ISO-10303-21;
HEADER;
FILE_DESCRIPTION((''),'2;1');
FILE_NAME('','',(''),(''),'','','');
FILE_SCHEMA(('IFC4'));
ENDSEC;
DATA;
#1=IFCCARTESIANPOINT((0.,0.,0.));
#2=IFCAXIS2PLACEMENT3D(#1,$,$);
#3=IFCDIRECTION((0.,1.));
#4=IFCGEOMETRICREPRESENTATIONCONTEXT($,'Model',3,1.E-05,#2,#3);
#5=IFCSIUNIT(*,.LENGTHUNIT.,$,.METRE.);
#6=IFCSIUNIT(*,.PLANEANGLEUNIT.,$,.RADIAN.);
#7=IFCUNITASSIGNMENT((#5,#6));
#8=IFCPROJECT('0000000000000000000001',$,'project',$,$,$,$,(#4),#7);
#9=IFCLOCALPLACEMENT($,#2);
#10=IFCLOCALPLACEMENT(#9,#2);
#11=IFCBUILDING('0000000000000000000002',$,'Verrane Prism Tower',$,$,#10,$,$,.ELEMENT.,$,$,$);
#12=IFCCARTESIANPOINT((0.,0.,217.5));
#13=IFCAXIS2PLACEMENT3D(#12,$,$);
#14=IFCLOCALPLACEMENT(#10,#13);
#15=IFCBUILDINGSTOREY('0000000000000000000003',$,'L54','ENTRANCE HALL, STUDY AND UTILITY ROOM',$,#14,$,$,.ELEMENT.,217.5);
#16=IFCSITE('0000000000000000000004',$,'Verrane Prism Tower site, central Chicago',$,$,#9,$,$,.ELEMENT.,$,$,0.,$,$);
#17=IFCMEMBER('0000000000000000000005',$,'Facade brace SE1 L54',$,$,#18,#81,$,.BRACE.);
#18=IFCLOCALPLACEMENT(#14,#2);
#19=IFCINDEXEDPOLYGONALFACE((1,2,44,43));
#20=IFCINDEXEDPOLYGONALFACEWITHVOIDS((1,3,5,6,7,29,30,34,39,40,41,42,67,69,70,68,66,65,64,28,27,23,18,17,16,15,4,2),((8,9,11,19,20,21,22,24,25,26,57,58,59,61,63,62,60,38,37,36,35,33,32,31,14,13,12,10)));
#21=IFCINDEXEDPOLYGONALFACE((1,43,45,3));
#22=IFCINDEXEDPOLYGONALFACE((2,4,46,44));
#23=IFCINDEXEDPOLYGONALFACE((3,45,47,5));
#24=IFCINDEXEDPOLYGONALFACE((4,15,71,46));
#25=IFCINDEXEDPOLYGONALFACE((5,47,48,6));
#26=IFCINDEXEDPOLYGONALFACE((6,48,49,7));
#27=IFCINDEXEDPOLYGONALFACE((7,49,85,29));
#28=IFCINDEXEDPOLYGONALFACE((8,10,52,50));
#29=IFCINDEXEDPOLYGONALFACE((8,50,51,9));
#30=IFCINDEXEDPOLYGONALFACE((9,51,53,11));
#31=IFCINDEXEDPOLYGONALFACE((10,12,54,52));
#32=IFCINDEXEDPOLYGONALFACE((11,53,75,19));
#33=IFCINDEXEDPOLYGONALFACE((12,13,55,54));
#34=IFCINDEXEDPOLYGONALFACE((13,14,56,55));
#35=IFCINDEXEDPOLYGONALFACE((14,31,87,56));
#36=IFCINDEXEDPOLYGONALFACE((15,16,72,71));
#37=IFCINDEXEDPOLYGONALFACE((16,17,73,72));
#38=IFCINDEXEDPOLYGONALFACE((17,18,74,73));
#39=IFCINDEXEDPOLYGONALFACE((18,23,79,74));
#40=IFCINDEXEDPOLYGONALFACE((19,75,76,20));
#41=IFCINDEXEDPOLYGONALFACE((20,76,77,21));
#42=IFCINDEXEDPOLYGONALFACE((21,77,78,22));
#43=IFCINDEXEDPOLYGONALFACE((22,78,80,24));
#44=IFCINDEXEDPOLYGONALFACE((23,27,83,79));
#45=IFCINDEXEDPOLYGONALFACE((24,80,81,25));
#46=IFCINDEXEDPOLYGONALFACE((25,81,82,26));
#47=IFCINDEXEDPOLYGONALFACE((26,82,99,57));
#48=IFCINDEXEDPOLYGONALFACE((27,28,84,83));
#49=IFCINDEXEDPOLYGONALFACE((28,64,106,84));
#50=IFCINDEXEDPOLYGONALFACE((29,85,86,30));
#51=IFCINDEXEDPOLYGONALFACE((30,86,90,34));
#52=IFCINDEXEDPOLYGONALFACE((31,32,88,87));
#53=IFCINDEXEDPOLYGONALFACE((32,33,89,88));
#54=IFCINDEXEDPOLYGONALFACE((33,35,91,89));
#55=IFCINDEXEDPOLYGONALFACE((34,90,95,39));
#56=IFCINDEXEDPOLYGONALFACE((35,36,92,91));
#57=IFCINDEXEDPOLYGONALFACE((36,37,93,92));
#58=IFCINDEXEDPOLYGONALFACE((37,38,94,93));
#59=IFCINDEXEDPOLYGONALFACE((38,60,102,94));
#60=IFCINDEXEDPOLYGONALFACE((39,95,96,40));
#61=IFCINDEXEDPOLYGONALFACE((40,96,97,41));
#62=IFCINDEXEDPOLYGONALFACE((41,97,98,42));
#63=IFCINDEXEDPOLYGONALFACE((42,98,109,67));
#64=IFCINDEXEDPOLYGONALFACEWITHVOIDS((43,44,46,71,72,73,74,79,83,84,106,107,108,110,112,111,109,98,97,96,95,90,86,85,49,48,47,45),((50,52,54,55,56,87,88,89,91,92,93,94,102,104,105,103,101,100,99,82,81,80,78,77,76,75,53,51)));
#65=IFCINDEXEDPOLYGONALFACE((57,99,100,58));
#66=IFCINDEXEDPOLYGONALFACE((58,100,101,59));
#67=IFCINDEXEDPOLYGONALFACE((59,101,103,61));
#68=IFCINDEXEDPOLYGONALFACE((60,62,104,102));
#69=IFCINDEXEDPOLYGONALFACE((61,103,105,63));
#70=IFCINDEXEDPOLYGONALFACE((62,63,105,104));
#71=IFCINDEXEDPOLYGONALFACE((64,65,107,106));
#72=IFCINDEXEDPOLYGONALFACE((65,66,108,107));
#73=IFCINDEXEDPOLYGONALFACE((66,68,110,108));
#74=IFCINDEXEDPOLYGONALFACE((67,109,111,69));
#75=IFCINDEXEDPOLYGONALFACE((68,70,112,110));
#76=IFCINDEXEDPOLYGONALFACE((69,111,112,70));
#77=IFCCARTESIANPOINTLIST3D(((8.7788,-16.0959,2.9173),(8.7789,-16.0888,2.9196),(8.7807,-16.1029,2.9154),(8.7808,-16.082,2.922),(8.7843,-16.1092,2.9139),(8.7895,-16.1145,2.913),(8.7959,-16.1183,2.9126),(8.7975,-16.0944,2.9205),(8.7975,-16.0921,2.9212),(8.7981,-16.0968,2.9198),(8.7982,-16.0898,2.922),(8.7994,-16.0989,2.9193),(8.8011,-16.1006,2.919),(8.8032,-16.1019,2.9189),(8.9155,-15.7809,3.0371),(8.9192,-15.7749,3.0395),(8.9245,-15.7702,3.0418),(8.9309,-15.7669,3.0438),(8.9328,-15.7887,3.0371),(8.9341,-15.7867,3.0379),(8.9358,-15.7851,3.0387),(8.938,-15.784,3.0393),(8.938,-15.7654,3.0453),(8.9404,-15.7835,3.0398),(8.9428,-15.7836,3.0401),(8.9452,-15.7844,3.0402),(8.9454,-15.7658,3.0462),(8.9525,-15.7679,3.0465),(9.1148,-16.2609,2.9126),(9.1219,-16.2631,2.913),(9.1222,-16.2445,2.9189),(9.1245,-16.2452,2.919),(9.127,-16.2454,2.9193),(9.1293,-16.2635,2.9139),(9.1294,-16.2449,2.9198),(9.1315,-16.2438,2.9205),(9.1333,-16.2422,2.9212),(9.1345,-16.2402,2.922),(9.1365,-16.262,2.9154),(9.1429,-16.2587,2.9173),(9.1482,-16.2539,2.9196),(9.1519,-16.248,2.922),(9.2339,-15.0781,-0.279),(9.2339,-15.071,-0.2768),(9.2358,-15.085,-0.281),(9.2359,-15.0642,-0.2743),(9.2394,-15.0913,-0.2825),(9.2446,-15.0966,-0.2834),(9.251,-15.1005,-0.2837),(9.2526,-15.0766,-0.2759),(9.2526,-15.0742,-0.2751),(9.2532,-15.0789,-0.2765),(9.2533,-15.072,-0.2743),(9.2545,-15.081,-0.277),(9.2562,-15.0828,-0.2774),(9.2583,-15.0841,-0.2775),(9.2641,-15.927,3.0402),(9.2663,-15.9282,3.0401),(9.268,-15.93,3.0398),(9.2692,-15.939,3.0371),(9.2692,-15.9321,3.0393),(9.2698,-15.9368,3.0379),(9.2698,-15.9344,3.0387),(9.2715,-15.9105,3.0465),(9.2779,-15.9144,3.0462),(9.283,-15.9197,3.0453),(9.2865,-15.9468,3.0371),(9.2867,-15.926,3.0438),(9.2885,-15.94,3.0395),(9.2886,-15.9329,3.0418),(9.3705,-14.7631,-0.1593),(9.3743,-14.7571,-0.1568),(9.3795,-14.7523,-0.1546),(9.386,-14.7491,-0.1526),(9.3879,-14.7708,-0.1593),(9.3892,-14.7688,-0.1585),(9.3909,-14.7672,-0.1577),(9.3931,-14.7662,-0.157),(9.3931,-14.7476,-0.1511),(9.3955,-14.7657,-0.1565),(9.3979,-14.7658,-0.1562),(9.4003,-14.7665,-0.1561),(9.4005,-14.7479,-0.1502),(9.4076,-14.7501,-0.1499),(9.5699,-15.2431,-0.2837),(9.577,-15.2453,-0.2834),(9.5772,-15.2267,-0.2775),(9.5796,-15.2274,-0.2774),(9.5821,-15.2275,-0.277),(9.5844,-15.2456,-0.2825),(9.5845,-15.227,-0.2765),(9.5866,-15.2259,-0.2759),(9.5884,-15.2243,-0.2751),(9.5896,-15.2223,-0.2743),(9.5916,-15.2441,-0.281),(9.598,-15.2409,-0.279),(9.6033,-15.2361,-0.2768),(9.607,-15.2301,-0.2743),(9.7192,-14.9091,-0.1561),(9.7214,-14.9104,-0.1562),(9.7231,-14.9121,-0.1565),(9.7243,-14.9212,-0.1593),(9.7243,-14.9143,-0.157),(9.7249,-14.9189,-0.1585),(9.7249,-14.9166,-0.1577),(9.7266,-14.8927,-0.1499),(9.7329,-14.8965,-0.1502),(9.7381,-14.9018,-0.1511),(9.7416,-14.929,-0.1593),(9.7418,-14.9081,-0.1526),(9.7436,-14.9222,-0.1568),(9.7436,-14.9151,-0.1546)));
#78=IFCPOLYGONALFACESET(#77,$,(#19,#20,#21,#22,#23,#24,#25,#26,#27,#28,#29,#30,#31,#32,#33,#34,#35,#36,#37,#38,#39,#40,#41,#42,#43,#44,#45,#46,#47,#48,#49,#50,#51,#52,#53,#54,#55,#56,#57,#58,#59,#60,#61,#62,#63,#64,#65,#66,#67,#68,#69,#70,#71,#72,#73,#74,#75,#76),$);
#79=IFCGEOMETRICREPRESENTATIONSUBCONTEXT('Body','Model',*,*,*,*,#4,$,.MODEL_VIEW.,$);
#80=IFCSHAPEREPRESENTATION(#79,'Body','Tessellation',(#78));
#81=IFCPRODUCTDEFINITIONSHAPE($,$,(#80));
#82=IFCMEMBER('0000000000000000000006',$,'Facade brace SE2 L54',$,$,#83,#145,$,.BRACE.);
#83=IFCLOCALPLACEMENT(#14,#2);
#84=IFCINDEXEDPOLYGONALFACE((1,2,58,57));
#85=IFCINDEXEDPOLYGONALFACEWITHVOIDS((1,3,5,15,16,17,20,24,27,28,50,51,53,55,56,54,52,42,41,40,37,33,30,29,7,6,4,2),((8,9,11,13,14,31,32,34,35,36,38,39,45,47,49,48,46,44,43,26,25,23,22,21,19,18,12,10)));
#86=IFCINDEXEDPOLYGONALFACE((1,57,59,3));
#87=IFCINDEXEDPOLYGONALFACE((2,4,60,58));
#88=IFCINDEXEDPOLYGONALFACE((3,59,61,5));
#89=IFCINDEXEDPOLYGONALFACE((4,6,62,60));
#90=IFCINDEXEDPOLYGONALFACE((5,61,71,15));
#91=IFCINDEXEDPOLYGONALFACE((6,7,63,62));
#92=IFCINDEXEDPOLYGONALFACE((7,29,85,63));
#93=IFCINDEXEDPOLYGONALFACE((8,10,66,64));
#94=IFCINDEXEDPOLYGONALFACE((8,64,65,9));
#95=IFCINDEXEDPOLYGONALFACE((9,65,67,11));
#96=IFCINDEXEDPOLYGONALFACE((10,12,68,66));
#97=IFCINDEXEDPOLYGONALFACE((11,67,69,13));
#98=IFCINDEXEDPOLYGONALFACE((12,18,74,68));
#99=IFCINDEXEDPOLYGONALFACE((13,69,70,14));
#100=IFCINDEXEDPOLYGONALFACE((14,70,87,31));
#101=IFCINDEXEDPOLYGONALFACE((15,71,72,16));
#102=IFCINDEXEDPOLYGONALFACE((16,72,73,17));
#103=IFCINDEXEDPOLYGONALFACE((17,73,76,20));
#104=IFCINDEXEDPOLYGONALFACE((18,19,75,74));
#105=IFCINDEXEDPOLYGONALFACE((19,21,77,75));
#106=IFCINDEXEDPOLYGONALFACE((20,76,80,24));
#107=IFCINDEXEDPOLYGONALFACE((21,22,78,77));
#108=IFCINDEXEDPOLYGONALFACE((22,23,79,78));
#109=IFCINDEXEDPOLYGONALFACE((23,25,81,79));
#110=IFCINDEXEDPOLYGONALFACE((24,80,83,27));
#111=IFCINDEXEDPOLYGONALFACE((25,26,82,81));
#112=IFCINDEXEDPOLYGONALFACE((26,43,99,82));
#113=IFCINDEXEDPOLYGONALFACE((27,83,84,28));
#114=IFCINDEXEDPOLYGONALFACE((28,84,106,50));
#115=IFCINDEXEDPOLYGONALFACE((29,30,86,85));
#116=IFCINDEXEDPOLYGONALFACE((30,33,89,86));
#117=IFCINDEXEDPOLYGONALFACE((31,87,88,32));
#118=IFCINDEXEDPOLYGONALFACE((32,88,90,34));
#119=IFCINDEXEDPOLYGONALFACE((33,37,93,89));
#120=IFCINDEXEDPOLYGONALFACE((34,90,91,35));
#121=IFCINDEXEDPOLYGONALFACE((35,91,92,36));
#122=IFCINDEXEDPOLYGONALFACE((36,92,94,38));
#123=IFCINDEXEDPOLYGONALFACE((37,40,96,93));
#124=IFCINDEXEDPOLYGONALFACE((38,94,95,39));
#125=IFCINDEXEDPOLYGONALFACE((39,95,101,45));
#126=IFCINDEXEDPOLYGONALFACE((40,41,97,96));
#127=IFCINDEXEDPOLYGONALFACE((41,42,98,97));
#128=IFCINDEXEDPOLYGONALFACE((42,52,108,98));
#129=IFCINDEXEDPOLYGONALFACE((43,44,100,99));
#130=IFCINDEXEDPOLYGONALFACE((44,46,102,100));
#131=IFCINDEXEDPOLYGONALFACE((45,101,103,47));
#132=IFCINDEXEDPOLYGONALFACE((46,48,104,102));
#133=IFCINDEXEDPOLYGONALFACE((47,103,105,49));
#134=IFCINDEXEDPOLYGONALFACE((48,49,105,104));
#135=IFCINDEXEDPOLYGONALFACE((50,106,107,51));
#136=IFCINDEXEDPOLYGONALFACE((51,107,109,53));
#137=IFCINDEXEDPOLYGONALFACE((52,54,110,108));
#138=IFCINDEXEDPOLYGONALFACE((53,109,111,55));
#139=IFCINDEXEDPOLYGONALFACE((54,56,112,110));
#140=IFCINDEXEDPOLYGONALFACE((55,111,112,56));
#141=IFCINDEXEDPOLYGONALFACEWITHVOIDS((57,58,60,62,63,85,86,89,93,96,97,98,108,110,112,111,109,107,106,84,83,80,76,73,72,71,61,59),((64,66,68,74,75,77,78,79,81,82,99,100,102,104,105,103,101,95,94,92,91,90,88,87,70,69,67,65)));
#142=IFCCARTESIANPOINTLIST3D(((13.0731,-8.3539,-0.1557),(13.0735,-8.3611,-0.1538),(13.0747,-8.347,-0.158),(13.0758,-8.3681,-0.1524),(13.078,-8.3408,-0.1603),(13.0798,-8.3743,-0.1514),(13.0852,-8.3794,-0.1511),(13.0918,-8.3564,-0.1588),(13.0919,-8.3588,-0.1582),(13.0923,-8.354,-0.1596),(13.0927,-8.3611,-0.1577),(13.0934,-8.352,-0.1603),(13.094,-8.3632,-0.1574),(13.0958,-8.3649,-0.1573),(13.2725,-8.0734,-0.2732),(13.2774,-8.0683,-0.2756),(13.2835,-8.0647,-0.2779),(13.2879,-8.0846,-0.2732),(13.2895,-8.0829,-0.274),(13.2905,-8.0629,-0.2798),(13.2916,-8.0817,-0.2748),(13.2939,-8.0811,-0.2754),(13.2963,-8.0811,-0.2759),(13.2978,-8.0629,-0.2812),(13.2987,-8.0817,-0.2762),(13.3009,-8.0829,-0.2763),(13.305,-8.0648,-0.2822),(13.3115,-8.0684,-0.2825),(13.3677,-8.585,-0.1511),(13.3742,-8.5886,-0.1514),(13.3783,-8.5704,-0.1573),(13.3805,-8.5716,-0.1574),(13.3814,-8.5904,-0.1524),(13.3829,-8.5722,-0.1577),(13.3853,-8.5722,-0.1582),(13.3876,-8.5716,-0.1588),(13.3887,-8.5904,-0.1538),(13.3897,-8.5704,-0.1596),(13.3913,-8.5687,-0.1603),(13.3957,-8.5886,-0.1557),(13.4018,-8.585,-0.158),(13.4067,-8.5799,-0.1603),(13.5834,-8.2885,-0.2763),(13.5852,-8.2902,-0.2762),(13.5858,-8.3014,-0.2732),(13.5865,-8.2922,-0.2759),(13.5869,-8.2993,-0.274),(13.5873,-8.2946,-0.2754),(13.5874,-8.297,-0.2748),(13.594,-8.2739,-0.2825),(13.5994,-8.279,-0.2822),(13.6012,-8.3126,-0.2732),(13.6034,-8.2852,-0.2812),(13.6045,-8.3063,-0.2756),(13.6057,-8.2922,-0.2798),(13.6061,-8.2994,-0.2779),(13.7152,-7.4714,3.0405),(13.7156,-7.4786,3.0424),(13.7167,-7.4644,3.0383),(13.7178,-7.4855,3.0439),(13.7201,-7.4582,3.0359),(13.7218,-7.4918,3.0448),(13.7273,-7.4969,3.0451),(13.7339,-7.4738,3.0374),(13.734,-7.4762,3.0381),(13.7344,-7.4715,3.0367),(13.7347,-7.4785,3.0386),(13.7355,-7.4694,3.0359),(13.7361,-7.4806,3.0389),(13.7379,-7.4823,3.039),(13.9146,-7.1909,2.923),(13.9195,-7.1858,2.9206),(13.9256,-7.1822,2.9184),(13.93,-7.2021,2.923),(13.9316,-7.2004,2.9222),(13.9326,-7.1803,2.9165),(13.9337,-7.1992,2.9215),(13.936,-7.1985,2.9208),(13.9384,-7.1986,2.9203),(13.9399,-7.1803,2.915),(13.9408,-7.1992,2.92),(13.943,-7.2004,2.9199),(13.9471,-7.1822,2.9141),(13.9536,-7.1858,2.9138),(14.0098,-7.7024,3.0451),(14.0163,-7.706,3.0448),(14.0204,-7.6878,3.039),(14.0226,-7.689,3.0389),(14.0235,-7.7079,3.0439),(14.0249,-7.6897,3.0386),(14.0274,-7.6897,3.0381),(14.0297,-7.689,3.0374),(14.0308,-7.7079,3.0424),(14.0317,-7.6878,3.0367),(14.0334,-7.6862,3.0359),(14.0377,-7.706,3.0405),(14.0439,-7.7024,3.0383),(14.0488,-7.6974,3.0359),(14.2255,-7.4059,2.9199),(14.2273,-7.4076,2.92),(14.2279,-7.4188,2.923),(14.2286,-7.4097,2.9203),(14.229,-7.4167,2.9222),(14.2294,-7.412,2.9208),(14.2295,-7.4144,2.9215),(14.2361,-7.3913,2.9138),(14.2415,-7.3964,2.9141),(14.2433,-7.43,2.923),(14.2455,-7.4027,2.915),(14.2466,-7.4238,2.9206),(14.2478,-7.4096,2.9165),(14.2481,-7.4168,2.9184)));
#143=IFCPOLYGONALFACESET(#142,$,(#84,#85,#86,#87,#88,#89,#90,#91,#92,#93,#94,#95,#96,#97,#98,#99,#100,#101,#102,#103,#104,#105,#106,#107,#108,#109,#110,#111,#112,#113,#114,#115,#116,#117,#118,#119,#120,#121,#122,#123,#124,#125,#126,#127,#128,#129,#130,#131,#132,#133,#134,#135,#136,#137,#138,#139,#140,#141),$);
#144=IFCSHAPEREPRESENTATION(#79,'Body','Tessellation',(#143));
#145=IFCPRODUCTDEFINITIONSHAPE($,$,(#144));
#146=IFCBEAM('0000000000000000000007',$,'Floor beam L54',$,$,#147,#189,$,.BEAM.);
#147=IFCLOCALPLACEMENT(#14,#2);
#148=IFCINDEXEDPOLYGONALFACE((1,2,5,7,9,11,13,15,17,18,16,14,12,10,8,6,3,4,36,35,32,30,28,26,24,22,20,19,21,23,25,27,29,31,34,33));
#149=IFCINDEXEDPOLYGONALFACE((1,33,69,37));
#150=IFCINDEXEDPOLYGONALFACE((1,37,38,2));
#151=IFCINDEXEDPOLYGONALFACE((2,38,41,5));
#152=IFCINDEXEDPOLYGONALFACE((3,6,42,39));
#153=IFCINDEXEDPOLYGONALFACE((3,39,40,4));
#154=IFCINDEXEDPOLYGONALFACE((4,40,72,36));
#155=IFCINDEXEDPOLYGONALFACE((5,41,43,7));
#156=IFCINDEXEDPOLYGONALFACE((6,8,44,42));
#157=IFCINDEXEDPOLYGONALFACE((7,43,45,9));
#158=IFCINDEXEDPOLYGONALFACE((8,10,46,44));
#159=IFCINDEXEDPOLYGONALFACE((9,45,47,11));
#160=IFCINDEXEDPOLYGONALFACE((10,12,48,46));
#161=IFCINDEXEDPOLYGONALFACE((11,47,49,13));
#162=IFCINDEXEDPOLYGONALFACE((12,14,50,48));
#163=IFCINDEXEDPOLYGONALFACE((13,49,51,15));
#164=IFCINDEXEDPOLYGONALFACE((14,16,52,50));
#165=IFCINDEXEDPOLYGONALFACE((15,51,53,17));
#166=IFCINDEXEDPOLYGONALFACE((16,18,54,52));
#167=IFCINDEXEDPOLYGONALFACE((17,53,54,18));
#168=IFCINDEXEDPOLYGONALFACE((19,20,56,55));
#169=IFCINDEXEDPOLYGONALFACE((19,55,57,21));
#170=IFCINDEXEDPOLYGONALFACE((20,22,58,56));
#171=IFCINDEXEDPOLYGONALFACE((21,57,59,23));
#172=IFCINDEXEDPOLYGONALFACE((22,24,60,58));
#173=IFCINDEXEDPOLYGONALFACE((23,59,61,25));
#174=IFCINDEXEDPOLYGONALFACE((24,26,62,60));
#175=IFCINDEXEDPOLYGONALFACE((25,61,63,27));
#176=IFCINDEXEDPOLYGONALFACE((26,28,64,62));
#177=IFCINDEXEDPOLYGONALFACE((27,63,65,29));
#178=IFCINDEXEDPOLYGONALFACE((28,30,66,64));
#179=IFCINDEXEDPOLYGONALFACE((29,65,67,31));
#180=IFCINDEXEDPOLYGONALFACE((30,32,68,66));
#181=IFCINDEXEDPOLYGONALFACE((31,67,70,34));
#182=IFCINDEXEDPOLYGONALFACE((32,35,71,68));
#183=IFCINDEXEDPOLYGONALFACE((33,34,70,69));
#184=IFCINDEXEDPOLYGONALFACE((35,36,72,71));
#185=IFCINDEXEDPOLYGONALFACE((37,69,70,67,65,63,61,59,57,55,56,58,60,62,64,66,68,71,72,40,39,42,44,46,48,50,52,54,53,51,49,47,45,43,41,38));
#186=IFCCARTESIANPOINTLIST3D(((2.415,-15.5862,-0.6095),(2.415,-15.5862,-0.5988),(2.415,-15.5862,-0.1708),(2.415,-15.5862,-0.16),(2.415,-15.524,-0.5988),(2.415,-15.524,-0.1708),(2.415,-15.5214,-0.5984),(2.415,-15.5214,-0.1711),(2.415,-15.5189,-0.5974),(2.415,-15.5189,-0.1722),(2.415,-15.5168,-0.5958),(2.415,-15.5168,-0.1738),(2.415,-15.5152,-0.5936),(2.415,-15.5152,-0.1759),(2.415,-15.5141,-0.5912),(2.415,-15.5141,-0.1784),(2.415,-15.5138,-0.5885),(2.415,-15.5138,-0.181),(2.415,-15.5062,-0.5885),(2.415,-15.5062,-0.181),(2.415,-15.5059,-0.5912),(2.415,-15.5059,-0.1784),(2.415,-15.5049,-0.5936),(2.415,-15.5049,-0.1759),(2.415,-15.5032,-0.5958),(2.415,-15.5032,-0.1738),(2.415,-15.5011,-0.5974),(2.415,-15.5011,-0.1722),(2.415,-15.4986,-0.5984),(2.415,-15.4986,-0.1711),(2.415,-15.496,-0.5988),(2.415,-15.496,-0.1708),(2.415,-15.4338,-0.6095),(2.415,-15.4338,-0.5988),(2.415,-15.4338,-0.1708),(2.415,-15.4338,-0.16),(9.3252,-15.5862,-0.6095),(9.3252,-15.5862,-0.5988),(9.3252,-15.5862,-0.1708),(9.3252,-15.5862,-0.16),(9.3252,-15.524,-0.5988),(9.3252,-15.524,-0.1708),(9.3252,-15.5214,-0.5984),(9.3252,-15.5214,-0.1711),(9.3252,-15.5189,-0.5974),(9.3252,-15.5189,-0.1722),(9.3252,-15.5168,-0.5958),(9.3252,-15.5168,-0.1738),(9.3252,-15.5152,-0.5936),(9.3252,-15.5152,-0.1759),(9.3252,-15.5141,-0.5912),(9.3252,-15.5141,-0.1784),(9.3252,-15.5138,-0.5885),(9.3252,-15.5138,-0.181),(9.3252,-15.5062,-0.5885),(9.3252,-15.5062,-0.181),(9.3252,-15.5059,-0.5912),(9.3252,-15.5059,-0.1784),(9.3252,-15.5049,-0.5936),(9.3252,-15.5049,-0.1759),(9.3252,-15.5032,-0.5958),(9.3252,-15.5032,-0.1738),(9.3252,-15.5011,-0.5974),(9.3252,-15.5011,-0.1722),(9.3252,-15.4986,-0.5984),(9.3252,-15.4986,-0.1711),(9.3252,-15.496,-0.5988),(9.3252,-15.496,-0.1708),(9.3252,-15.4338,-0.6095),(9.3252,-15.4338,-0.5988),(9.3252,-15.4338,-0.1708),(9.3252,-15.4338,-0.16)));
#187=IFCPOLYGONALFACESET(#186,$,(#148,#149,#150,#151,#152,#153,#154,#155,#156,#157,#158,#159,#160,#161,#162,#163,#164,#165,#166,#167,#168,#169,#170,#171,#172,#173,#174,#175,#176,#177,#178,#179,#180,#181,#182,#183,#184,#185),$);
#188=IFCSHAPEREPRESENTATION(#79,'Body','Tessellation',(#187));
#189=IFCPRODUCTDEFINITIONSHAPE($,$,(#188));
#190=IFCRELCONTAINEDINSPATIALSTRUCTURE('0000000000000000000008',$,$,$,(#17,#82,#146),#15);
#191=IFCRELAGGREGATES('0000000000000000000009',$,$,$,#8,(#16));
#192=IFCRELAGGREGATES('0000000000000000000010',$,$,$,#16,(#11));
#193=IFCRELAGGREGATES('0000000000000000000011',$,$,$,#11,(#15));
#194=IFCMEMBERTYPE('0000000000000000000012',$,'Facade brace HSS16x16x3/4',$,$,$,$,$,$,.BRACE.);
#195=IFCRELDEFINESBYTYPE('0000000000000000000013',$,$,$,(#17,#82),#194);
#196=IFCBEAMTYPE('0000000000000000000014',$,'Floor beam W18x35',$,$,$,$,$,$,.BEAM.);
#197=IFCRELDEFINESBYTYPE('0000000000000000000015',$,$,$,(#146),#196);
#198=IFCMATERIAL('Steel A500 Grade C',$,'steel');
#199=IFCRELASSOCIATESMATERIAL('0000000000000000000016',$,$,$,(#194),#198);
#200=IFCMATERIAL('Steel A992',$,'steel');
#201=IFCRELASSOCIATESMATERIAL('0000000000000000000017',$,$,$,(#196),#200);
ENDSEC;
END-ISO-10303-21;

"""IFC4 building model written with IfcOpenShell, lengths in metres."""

from ifc_helpers import new_model, si_unit, direction, frame, origin, origin_2d, place, context, subcontext, project, spatial, hollow_rectangle, i_section, extrude, material, material_profile, profile_set, type_object, element, save


model = new_model("IFC4")

# Units and contexts
model_context = context("Model", 3, precision=1e-05, world=origin(), true_north=direction((0.0, 1.0)))
body_context = subcontext(model_context, "Body", "Model", "MODEL_VIEW")
ifc_project = project(units=[si_unit("LENGTHUNIT", "METRE"), si_unit("PLANEANGLEUNIT", "RADIAN")], contexts=[model_context])

# Site, building, storey
site_placement = place(None, origin())
site = spatial("IfcSite", under=ifc_project, at=site_placement, Name="Verrane Prism Tower site, central Chicago", CompositionType="ELEMENT", RefElevation=0.0)
building_placement = place(site_placement, origin())
building = spatial("IfcBuilding", under=site, at=building_placement, Name="Verrane Prism Tower", CompositionType="ELEMENT")
storey_placement = place(building_placement, frame((0.0, 0.0, 217.5)))
storey = spatial("IfcBuildingStorey", under=building, at=storey_placement, Name="L54", Description="ENTRANCE HALL, STUDY AND UTILITY ROOM", CompositionType="ELEMENT", Elevation=217.5)

# Members
ifc_material_1 = material(Name="Steel A500 Grade C", Category="steel")
ifc_material_profile_1 = material_profile(ifc_material_1, hollow_rectangle(XDim=0.4065, YDim=0.4065, WallThickness=0.019, InnerFilletRadius=0.0095, OuterFilletRadius=0.0286, at=origin_2d()), Name="HSS16x16x3/4")
ifc_profile_set_1 = profile_set([ifc_material_profile_1], Name="Steel A500 Grade C")
member_type_1 = type_object("IfcMemberType", Name="Facade brace HSS16x16x3/4", PredefinedType="BRACE", material=ifc_profile_set_1)
member_1_placement = place(storey_placement, frame((9.4888, -14.9966, -0.2168), z_axis=(-0.134433, -0.300672, 0.944206), x_axis=(0.912906, -0.408169, 0.0)))
element("IfcMember", 1, at=member_1_placement, inside=storey, type_object=member_type_1, Name="Facade brace SE1 L54", PredefinedType="BRACE", context=body_context, shape_type="SweptSolid", body=[
    extrude(hollow_rectangle(XDim=0.4065, YDim=0.4065, WallThickness=0.019, InnerFilletRadius=0.0095, OuterFilletRadius=0.0286, at=origin_2d()), origin(), (0.0, 0.0, 1.0), 3.3853),
])
member_2_placement = place(storey_placement, frame((13.3396, -8.3267, -0.2168), z_axis=(0.190108, 0.261309, 0.946349), x_axis=(-0.808639, 0.588305, 0.0)))
element("IfcMember", 2, at=member_2_placement, inside=storey, type_object=member_type_1, Name="Facade brace SE2 L54", PredefinedType="BRACE", context=body_context, shape_type="SweptSolid", body=[
    extrude(hollow_rectangle(XDim=0.4065, YDim=0.4065, WallThickness=0.019, InnerFilletRadius=0.0095, OuterFilletRadius=0.0286, at=origin_2d()), origin(), (0.0, 0.0, 1.0), 3.3774),
])

# Beam
ifc_material_2 = material(Name="Steel A992", Category="steel")
ifc_material_profile_2 = material_profile(ifc_material_2, i_section(OverallWidth=0.1523, OverallDepth=0.4495, WebThickness=0.0076, FlangeThickness=0.0107, FilletRadius=0.0103, at=origin_2d()), Name="W18x35")
ifc_profile_set_2 = profile_set([ifc_material_profile_2], Name="Steel A992")
beam_type_1 = type_object("IfcBeamType", Name="Floor beam W18x35", PredefinedType="BEAM", material=ifc_profile_set_2)
beam_1_placement = place(storey_placement, frame((2.415, -15.51, -0.3848), z_axis=(1.0, 0.0, 0.0), x_axis=(0.0, 1.0, 0.0)))
element("IfcBeam", 3, at=beam_1_placement, inside=storey, type_object=beam_type_1, Name="Floor beam L54", PredefinedType="BEAM", context=body_context, shape_type="SweptSolid", body=[
    extrude(i_section(OverallWidth=0.1523, OverallDepth=0.4495, WebThickness=0.0076, FlangeThickness=0.0107, FilletRadius=0.0103, at=origin_2d()), origin(), (0.0, 0.0, 1.0), 6.9102),
])

save(model, "model.ifc")
